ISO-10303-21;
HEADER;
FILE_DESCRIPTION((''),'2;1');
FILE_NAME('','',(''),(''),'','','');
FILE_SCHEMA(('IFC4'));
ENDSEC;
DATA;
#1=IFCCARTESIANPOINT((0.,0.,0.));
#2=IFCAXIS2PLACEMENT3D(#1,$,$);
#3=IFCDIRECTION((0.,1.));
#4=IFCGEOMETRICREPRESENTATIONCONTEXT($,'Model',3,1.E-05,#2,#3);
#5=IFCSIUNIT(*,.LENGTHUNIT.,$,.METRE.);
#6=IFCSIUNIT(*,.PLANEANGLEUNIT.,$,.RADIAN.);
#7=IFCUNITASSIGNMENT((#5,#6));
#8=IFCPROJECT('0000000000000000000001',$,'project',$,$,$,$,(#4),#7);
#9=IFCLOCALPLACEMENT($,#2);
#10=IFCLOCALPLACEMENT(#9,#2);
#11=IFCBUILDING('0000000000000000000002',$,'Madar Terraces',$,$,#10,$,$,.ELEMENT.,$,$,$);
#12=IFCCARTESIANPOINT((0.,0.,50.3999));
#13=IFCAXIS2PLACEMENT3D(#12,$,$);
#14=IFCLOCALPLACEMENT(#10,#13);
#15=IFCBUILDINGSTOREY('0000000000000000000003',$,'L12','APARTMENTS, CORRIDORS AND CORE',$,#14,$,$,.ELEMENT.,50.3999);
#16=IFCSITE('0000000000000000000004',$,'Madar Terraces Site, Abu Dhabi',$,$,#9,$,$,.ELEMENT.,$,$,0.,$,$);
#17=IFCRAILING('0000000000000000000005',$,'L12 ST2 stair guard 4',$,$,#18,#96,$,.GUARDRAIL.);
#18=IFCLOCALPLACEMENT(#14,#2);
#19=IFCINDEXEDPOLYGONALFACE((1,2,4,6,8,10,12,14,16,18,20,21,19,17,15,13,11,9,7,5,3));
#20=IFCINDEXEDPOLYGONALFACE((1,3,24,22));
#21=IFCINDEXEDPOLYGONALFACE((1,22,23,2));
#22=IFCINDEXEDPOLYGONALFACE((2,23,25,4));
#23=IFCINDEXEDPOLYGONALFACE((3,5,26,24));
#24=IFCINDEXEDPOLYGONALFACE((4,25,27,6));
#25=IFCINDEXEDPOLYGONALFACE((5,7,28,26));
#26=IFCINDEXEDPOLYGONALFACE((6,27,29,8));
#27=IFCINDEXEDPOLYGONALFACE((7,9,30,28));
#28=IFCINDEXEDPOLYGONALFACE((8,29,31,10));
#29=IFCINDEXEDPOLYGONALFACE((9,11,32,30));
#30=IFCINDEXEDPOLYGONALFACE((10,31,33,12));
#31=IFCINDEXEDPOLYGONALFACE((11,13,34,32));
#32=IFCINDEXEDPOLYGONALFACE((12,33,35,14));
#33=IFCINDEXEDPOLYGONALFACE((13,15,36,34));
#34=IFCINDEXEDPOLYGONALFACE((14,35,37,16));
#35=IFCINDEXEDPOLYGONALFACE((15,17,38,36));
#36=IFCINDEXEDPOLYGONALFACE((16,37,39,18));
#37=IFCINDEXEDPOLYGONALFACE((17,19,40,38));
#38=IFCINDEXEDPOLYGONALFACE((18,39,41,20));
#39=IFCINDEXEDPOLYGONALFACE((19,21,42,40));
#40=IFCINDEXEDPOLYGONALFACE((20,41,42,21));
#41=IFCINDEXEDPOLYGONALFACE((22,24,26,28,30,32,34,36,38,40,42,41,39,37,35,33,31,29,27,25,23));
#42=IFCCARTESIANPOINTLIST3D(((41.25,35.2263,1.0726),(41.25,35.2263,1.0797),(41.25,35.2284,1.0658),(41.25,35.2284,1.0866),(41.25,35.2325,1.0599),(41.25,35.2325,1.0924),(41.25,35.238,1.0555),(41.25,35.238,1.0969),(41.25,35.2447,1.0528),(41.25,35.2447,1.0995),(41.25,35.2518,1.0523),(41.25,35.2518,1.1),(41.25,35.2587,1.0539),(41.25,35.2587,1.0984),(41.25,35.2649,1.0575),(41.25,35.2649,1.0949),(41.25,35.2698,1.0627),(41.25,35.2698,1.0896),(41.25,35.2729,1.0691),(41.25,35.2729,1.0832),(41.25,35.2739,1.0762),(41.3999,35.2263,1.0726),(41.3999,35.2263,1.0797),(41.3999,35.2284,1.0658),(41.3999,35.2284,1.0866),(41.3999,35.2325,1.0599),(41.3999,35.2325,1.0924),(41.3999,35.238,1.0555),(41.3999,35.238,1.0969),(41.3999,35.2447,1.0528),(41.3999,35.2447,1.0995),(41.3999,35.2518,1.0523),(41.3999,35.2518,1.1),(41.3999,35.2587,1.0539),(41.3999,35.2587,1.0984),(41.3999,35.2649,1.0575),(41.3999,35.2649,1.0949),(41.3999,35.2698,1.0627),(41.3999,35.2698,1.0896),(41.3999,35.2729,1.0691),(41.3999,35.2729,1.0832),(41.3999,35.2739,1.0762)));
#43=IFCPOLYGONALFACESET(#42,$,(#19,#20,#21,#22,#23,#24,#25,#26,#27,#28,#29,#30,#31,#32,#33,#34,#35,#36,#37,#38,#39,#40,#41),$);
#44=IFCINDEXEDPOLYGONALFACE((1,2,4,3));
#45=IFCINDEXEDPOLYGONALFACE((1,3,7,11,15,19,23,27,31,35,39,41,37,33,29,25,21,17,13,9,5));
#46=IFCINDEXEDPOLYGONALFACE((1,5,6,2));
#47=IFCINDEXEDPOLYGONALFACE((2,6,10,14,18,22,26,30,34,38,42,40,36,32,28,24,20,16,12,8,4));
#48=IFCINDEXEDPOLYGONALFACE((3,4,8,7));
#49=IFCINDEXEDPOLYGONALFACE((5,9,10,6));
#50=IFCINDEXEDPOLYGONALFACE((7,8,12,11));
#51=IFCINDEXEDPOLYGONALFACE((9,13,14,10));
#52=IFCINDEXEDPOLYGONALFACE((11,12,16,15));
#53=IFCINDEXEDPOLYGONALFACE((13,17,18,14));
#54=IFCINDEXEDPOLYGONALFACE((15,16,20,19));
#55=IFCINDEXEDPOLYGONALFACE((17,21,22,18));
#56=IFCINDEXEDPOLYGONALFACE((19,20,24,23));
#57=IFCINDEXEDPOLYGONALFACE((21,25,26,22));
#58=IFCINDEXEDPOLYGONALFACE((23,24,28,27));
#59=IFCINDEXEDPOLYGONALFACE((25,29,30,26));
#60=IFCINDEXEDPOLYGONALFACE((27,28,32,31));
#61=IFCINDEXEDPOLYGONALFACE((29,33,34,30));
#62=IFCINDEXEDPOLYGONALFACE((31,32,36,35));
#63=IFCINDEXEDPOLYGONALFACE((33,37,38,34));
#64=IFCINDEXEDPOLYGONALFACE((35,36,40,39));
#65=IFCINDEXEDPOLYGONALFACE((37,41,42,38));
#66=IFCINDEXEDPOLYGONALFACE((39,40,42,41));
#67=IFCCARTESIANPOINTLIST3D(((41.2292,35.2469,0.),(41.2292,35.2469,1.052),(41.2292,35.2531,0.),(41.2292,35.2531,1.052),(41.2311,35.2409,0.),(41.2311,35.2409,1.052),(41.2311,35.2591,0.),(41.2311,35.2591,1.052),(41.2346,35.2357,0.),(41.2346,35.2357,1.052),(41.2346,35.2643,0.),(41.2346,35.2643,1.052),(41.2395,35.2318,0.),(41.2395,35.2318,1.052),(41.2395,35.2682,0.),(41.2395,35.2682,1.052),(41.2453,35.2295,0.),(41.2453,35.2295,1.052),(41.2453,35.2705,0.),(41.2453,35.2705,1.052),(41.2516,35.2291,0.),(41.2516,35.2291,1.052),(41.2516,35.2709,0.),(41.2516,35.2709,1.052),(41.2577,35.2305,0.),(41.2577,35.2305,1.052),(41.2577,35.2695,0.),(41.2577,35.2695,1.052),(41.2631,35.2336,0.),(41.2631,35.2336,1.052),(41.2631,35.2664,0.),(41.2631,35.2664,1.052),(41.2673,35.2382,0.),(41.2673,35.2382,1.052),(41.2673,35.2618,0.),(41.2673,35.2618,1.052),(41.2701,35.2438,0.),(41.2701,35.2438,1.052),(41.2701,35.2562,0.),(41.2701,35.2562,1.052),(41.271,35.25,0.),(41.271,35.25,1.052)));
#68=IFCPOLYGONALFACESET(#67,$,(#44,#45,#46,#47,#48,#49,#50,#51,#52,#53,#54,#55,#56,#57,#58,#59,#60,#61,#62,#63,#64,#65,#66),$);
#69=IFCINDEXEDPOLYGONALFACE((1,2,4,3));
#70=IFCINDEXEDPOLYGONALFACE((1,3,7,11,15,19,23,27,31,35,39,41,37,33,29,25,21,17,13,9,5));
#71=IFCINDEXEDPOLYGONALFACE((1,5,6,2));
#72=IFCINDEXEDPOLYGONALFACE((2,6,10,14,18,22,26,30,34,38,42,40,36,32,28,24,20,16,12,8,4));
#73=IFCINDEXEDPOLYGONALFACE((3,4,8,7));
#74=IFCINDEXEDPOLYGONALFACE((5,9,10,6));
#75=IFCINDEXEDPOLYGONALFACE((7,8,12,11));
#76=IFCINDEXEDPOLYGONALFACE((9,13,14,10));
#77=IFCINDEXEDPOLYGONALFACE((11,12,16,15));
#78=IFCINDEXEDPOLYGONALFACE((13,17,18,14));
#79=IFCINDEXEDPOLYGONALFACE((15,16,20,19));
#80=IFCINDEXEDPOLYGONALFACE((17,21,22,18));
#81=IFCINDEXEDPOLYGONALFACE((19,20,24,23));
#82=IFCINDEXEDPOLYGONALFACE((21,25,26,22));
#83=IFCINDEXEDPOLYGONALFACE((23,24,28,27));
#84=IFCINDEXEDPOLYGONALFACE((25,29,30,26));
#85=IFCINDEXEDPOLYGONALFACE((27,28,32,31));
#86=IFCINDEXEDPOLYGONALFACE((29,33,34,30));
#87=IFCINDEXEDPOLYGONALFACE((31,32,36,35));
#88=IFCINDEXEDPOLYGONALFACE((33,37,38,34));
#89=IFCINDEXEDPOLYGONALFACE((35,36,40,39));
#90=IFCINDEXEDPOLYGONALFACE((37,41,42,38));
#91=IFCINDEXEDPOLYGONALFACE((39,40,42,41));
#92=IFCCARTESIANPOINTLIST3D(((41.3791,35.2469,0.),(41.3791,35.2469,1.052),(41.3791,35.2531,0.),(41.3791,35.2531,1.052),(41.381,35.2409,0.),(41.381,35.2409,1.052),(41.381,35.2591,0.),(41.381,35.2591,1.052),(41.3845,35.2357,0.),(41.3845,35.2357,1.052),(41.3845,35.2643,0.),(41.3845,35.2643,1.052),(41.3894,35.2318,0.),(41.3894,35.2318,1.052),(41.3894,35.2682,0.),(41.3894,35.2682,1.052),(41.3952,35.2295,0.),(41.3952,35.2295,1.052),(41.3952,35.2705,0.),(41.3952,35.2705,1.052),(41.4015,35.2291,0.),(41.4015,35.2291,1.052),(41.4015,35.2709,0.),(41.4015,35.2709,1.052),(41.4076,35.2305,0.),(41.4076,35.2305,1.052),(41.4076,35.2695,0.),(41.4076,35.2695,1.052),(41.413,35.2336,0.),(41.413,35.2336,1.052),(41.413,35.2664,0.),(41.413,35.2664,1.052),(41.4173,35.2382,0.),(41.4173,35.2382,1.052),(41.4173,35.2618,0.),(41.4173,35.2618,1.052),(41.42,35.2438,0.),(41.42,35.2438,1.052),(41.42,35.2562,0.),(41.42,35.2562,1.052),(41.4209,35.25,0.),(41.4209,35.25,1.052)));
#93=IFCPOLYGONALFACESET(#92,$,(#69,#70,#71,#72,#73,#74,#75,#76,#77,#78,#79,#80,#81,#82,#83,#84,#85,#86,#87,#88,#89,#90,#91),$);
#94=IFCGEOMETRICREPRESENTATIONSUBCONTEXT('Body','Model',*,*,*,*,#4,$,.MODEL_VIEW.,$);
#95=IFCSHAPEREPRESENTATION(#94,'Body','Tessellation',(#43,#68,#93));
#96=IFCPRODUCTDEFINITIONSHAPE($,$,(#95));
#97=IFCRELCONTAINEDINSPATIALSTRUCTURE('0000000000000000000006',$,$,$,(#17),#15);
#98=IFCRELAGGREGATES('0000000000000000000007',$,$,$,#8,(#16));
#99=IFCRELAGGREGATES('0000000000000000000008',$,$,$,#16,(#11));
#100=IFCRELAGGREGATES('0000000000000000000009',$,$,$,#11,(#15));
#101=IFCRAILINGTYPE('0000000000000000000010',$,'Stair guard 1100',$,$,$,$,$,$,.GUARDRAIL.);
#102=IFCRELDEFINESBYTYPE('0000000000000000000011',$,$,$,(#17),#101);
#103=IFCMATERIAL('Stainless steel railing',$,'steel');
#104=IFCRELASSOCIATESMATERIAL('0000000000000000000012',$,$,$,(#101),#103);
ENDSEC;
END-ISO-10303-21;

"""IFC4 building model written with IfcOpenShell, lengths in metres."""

from ifc_helpers import new_model, si_unit, direction, frame, origin, origin_2d, place, context, subcontext, project, spatial, circle, extrude, material, type_object, element, save


model = new_model("IFC4")

# Units and contexts
model_context = context("Model", 3, precision=1e-05, world=origin(), true_north=direction((0.0, 1.0)))
body_context = subcontext(model_context, "Body", "Model", "MODEL_VIEW")
ifc_project = project(units=[si_unit("LENGTHUNIT", "METRE"), si_unit("PLANEANGLEUNIT", "RADIAN")], contexts=[model_context])

# Site, building, storey
site_placement = place(None, origin())
site = spatial("IfcSite", under=ifc_project, at=site_placement, Name="Madar Terraces Site, Abu Dhabi", CompositionType="ELEMENT", RefElevation=0.0)
building_placement = place(site_placement, origin())
building = spatial("IfcBuilding", under=site, at=building_placement, Name="Madar Terraces", CompositionType="ELEMENT")
storey_placement = place(building_placement, frame((0.0, 0.0, 50.3999)))
storey = spatial("IfcBuildingStorey", under=building, at=storey_placement, Name="L12", Description="APARTMENTS, CORRIDORS AND CORE", CompositionType="ELEMENT", Elevation=50.3999)

# Railing
ifc_material_1 = material(Name="Stainless steel railing", Category="steel")
railing_type_1 = type_object("IfcRailingType", Name="Stair guard 1100", PredefinedType="GUARDRAIL", material=ifc_material_1)
railing_1_placement = place(storey_placement, frame((41.25, 35.25, 0.0)))
element("IfcRailing", 1, at=railing_1_placement, inside=storey, type_object=railing_type_1, Name="L12 ST2 stair guard 4", PredefinedType="GUARDRAIL", context=body_context, shape_type="SweptSolid", body=[
    extrude(circle(Radius=0.0239, at=origin_2d()), frame((0.0, 0.0, 1.0762), z_axis=(1.0, 0.0, 0.0), x_axis=(0.0, 1.0, 0.0)), (0.0, 0.0, 1.0), 0.1499),
    extrude(circle(Radius=0.021, at=origin_2d()), origin(), (0.0, 0.0, 1.0), 1.052),
    extrude(circle(Radius=0.021, at=origin_2d()), frame((0.1499, 0.0, 0.0)), (0.0, 0.0, 1.0), 1.052),
])

save(model, "model.ifc")
